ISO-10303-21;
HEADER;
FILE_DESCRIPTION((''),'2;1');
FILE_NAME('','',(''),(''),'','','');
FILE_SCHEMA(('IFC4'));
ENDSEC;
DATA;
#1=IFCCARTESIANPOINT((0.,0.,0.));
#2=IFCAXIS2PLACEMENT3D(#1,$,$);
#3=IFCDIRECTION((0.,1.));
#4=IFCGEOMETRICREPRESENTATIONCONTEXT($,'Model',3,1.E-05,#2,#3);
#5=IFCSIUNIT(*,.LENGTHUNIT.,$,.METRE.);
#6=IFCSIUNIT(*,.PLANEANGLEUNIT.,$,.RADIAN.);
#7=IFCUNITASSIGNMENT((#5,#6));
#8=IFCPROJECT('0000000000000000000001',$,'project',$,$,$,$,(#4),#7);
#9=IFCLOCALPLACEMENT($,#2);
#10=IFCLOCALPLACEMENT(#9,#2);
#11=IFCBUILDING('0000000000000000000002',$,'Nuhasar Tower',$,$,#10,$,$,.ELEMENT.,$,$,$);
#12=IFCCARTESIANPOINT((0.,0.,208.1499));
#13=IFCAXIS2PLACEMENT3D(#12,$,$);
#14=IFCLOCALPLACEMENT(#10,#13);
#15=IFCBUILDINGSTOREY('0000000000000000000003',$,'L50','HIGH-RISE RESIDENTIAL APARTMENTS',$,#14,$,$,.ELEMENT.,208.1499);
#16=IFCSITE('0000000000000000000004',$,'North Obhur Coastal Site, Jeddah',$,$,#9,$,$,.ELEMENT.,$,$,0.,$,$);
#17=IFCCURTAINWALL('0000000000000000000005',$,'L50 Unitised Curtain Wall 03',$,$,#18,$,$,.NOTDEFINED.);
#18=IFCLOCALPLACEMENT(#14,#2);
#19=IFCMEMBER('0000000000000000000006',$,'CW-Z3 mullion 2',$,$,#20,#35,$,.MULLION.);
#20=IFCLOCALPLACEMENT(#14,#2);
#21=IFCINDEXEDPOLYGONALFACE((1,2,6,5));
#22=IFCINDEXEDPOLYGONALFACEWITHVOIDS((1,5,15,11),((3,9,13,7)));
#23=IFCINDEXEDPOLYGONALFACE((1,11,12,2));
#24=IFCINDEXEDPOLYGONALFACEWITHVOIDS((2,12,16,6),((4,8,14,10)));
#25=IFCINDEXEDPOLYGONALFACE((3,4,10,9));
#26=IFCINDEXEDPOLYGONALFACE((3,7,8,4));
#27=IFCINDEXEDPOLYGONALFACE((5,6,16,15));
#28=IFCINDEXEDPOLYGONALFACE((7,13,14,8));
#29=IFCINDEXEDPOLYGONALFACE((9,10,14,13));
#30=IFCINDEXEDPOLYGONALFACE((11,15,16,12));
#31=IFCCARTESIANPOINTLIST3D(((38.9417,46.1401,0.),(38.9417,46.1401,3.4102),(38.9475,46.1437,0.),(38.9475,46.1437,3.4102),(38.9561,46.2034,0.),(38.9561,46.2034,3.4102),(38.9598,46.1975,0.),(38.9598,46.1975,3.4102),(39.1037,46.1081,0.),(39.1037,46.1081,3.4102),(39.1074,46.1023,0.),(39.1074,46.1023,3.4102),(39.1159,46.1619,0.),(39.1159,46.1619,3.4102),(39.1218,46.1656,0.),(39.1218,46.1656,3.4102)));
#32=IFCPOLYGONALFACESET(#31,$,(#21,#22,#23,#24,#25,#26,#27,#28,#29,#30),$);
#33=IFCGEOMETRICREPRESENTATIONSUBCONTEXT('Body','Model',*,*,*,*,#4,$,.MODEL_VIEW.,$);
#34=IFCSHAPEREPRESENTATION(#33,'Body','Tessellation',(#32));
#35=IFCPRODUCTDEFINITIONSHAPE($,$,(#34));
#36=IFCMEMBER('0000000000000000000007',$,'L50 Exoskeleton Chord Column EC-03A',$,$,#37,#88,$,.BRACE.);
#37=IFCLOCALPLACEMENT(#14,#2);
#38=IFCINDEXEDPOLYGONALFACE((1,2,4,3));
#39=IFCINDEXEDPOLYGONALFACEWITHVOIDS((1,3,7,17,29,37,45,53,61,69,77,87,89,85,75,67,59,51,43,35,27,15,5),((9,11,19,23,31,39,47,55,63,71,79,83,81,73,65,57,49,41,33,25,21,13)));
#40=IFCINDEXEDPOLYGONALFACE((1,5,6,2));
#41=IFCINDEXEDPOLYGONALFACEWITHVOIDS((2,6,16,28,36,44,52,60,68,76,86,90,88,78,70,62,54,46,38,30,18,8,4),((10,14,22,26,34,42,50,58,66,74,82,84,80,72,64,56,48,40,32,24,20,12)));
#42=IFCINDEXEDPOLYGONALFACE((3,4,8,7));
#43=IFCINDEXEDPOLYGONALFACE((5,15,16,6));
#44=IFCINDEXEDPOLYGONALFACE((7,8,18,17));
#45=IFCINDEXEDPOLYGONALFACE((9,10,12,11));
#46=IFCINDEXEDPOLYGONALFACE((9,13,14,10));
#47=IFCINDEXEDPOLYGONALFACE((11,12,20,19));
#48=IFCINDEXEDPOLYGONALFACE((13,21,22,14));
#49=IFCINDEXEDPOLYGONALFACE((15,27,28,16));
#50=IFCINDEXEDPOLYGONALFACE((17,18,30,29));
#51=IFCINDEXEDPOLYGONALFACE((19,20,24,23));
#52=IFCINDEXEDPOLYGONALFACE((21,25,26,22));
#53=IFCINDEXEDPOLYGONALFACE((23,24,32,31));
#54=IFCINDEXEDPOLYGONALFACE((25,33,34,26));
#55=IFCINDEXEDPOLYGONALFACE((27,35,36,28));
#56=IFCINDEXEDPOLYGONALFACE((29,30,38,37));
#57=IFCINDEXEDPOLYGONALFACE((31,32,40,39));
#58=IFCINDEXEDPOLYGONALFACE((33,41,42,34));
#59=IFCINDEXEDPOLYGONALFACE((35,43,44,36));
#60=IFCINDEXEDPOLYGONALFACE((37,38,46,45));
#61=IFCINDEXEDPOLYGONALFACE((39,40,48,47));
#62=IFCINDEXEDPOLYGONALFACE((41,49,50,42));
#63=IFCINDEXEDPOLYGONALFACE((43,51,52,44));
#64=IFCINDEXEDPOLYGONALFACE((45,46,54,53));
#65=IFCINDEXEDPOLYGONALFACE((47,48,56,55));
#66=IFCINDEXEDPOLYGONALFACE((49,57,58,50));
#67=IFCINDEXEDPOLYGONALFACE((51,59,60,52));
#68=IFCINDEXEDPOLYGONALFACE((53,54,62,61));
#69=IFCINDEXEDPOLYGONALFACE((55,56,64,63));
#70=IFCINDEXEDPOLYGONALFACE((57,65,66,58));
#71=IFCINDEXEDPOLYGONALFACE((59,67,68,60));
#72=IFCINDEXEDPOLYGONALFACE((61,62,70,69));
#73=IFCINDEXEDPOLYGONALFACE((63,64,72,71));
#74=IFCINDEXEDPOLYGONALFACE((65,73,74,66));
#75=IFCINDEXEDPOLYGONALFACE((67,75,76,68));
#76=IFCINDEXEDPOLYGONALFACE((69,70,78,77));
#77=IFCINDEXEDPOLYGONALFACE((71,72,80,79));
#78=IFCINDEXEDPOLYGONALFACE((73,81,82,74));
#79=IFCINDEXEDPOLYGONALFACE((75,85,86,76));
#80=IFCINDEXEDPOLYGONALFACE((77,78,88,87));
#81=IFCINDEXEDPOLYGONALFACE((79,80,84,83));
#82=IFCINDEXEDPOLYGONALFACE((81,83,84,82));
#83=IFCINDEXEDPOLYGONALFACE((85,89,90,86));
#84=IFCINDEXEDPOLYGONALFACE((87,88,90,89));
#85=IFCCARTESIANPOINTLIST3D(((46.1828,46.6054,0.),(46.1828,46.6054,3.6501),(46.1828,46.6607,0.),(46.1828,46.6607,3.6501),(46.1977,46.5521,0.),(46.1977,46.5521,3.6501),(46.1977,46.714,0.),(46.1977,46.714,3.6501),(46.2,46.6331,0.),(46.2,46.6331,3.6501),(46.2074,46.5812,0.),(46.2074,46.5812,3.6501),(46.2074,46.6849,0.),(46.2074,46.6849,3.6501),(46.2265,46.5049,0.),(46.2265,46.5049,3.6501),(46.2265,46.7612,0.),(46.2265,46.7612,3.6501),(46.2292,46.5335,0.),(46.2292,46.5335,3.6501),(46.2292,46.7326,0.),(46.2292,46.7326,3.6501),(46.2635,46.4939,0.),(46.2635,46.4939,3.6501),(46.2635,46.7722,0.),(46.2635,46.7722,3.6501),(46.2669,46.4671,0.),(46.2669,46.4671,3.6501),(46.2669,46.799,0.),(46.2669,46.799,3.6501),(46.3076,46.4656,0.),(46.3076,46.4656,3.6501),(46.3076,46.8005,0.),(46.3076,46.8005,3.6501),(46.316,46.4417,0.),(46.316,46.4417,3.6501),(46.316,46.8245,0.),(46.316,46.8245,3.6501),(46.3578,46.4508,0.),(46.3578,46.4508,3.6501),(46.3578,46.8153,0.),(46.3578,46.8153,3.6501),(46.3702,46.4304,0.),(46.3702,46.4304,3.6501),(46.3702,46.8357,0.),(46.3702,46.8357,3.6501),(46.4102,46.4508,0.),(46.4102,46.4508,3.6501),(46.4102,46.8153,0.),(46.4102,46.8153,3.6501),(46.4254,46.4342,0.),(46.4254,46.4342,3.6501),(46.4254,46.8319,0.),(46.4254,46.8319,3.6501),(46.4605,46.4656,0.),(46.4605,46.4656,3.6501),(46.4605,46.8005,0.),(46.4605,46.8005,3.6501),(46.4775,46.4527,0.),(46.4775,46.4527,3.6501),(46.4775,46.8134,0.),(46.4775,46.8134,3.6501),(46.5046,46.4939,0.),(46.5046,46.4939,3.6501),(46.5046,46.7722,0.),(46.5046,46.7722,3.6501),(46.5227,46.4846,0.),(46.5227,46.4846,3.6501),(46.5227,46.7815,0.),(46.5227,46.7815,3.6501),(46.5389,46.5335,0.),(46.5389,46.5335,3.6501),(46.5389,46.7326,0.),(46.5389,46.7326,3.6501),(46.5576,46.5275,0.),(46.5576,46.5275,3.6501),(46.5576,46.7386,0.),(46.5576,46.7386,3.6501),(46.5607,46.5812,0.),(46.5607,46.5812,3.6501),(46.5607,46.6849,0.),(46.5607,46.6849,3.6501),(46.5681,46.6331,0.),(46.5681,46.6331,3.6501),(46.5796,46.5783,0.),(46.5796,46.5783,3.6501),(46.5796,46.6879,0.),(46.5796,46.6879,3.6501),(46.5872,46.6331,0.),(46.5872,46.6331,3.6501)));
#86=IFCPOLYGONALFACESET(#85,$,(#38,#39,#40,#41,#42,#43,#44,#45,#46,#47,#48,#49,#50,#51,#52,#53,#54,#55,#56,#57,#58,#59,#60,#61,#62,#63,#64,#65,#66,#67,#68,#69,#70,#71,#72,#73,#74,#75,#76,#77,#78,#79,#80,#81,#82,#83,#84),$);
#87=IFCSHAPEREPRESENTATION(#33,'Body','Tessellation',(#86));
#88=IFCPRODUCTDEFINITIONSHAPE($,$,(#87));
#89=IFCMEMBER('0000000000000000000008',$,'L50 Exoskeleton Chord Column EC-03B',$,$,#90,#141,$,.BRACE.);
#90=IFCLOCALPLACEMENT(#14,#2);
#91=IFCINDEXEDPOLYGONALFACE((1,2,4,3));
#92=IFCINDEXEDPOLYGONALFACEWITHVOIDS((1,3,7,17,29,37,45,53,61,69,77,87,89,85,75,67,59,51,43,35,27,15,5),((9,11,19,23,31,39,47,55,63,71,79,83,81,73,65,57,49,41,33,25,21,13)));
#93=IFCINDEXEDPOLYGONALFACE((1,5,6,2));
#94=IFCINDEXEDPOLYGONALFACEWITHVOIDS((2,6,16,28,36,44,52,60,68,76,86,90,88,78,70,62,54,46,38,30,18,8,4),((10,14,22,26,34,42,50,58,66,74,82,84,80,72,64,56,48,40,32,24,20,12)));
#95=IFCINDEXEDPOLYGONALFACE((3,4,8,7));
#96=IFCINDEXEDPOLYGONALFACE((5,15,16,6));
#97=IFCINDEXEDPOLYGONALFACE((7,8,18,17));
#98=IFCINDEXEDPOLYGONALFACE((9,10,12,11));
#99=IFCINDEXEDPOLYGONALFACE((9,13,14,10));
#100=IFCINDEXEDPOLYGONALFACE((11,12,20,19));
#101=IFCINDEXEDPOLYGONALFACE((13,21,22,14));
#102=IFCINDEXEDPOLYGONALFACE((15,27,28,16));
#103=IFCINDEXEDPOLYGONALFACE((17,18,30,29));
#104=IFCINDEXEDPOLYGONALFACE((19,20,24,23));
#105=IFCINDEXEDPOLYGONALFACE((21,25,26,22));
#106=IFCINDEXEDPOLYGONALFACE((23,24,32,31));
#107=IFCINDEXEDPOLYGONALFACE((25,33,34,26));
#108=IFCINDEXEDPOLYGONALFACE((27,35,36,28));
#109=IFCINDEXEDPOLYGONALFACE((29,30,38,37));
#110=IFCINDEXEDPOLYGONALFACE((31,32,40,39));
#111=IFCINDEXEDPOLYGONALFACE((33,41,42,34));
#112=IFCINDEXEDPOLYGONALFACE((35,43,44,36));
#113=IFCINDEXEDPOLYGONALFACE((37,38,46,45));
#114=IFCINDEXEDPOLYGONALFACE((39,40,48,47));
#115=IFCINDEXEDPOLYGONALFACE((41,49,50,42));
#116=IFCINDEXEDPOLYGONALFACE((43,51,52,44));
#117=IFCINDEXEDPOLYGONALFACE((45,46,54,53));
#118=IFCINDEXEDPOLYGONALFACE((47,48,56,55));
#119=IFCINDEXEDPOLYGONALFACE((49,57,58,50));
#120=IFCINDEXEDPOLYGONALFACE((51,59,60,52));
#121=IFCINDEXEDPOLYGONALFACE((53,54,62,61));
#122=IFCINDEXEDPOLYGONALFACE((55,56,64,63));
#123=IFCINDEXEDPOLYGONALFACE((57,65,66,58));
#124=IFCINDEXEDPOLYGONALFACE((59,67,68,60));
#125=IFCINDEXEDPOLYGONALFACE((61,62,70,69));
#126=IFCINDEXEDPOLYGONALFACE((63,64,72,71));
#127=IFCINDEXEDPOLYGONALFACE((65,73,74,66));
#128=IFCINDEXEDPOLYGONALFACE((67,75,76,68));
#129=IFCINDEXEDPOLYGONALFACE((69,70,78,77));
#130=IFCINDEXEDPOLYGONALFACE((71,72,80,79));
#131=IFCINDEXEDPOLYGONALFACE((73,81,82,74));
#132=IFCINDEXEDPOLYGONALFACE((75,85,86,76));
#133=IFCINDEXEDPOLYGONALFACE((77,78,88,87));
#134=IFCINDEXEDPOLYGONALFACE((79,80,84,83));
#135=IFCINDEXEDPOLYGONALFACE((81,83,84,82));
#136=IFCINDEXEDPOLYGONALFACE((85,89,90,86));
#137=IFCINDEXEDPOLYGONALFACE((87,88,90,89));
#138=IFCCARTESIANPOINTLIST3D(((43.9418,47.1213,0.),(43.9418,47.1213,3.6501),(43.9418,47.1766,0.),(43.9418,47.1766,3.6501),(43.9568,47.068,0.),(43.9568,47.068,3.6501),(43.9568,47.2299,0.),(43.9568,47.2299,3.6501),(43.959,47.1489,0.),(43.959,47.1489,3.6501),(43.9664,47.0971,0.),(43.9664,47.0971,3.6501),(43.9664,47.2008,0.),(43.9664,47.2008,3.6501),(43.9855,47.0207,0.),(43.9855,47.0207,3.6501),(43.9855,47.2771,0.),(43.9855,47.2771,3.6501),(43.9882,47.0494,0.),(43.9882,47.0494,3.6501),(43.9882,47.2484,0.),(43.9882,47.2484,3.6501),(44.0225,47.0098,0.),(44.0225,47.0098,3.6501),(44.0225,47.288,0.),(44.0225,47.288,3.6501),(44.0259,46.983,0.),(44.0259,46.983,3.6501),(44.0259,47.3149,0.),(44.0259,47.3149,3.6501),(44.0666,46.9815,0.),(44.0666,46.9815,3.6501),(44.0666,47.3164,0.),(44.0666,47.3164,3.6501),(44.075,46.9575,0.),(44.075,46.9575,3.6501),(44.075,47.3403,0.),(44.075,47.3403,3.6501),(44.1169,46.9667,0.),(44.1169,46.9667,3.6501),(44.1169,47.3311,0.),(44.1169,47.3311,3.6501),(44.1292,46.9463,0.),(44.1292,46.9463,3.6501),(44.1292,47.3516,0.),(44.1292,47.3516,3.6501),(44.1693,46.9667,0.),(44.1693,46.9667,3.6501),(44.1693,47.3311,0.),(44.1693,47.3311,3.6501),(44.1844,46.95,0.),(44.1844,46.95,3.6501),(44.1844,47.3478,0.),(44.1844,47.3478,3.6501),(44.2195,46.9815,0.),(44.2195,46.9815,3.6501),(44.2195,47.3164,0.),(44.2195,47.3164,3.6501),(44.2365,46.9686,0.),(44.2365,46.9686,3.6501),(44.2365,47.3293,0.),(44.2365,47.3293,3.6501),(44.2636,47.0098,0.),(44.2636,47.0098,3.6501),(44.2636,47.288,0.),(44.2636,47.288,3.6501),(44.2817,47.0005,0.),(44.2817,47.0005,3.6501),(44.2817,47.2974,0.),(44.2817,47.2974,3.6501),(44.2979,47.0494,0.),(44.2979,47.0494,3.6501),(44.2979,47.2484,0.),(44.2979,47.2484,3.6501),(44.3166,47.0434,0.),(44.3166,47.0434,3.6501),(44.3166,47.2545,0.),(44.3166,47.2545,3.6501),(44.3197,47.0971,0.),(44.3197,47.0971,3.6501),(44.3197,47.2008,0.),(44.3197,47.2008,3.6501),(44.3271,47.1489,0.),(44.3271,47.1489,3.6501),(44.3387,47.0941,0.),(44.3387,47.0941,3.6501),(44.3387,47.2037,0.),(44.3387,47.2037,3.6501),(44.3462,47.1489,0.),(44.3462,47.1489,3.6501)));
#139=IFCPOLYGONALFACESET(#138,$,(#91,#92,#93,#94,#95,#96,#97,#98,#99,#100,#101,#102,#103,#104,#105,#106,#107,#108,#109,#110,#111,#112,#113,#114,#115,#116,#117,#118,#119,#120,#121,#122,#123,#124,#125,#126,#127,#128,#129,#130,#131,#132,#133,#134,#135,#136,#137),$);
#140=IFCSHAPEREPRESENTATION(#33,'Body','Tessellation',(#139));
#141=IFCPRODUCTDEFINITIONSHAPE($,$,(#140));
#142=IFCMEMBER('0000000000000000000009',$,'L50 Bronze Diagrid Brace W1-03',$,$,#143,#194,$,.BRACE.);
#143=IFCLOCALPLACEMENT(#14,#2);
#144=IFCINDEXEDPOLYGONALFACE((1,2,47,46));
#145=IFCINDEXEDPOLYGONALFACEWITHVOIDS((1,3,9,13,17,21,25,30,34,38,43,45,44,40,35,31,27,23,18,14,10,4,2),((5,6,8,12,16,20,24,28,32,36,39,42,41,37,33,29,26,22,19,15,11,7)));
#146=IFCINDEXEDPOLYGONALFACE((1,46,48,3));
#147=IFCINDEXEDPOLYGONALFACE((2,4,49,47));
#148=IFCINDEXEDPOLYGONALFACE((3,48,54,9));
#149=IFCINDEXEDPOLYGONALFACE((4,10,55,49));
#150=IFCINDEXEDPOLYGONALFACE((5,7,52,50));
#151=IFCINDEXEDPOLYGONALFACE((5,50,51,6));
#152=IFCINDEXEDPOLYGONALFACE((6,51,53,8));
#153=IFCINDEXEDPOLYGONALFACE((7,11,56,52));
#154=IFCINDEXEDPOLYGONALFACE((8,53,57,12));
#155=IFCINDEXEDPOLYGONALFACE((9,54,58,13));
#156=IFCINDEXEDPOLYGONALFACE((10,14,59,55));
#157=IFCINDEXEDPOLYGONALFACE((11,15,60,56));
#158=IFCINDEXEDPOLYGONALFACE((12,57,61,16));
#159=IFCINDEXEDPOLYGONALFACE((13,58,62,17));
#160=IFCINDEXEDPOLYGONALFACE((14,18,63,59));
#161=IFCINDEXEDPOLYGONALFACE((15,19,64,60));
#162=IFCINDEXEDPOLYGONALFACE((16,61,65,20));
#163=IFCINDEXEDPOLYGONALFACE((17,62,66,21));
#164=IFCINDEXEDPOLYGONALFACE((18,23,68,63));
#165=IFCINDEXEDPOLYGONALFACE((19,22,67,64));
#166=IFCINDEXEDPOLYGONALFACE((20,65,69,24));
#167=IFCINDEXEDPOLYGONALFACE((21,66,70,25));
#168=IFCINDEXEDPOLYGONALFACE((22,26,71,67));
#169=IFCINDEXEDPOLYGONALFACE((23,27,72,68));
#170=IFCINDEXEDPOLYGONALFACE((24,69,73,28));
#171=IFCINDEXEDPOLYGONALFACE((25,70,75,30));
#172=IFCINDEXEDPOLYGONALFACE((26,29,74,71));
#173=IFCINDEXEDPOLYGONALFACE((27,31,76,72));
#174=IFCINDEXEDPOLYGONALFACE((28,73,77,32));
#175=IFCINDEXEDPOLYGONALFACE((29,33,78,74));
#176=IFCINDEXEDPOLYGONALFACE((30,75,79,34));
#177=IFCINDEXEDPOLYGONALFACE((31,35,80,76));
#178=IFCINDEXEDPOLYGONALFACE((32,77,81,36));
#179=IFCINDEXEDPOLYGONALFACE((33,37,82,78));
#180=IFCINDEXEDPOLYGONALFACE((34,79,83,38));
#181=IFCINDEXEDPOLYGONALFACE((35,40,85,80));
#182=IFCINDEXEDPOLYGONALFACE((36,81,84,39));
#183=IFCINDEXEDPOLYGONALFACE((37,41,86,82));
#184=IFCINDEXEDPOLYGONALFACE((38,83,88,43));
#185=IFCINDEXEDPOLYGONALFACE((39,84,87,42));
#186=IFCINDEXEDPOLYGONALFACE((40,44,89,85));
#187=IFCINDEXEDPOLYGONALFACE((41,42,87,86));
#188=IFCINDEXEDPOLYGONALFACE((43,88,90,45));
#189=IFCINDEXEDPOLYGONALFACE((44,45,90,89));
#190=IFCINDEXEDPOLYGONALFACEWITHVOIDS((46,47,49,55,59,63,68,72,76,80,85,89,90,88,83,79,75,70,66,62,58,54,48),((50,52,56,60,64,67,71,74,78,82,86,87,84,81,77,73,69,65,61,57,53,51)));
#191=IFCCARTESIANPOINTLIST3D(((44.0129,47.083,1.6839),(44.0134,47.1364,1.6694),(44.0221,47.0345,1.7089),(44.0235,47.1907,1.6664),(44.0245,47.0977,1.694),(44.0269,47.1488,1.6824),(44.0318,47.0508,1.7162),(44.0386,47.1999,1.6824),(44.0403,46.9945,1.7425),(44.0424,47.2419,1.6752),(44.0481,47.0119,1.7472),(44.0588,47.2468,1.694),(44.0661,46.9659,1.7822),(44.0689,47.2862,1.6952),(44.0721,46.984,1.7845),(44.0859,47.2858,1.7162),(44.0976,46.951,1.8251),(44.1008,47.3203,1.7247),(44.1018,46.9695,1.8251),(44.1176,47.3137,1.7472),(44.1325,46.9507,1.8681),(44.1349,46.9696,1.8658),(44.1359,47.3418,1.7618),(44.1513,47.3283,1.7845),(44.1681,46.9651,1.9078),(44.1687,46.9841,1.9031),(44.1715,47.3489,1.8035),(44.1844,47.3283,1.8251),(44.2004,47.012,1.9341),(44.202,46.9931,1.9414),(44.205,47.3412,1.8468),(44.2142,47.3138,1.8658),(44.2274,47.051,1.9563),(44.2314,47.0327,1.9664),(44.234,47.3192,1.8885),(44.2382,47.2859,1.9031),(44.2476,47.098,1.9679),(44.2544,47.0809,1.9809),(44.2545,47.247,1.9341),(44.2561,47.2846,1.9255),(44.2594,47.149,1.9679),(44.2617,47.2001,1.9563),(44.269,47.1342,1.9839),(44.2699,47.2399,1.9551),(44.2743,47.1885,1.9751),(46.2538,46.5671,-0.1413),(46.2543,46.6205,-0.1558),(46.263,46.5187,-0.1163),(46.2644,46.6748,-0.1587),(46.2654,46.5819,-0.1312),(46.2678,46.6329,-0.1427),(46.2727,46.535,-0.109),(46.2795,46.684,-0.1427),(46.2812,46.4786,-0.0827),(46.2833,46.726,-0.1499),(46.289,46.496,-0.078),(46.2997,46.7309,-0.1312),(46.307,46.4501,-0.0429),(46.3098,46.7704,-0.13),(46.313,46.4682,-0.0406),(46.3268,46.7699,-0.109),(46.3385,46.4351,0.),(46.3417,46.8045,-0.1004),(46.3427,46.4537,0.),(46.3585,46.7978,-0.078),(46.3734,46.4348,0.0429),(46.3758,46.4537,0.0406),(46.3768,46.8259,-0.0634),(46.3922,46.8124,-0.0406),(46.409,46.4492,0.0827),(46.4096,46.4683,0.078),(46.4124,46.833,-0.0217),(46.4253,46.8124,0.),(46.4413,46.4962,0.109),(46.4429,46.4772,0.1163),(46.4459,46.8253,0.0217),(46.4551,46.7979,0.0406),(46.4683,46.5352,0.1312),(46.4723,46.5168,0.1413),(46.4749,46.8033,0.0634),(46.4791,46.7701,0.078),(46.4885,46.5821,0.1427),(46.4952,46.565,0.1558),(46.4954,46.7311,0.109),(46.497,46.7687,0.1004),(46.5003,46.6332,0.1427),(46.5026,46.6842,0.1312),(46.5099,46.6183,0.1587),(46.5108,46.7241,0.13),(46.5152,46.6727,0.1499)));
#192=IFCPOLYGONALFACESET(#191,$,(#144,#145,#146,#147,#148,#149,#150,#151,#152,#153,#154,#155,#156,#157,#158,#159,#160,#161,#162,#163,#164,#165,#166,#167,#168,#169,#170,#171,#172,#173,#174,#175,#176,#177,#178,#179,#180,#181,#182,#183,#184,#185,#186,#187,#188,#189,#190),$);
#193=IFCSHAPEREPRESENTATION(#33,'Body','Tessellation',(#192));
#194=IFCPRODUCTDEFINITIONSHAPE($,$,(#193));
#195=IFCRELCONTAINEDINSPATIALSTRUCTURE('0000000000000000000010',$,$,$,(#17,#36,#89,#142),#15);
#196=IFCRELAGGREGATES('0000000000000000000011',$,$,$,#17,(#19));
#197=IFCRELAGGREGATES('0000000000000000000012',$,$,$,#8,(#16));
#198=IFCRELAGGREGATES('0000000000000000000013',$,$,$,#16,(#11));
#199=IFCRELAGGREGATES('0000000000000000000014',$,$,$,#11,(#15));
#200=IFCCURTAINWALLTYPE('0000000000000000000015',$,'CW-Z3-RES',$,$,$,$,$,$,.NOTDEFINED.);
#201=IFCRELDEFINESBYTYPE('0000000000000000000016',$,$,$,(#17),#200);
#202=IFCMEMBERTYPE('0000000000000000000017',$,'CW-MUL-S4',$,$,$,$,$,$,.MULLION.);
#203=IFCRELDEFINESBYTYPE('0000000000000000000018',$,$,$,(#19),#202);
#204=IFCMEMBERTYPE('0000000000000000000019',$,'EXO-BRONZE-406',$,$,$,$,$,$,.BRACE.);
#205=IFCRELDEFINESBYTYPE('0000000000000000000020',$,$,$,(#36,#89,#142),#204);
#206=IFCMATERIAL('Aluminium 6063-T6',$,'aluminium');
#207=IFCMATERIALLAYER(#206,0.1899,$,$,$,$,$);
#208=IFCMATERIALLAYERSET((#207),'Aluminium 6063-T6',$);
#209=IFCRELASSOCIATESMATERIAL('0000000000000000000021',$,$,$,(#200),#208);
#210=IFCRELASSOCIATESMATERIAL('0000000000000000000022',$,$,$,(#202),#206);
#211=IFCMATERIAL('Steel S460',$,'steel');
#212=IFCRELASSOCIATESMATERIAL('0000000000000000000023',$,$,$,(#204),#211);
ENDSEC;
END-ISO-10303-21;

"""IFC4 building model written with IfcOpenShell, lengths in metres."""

from ifc_helpers import new_model, si_unit, direction, frame, origin, origin_2d, place, context, subcontext, project, spatial, hollow_rectangle, hollow_circle, extrude, material, layer, layer_set, material_profile, profile_set, type_object, element, aggregate, save


model = new_model("IFC4")

# Units and contexts
model_context = context("Model", 3, precision=1e-05, world=origin(), true_north=direction((0.0, 1.0)))
body_context = subcontext(model_context, "Body", "Model", "MODEL_VIEW")
ifc_project = project(units=[si_unit("LENGTHUNIT", "METRE"), si_unit("PLANEANGLEUNIT", "RADIAN")], contexts=[model_context])

# Site, building, storey
site_placement = place(None, origin())
site = spatial("IfcSite", under=ifc_project, at=site_placement, Name="North Obhur Coastal Site, Jeddah", CompositionType="ELEMENT", RefElevation=0.0)
building_placement = place(site_placement, origin())
building = spatial("IfcBuilding", under=site, at=building_placement, Name="Nuhasar Tower", CompositionType="ELEMENT")
storey_placement = place(building_placement, frame((0.0, 0.0, 208.1499)))
storey = spatial("IfcBuildingStorey", under=building, at=storey_placement, Name="L50", Description="HIGH-RISE RESIDENTIAL APARTMENTS", CompositionType="ELEMENT", Elevation=208.1499)

# Curtain wall, member
ifc_material_1 = material(Name="Aluminium 6063-T6", Category="aluminium")
ifc_layer_1 = layer(ifc_material_1, 0.1899)
ifc_layer_set_1 = layer_set([ifc_layer_1], Name="Aluminium 6063-T6")
curtain_wall_type = type_object("IfcCurtainWallType", Name="CW-Z3-RES", PredefinedType="NOTDEFINED", material=ifc_layer_set_1)
curtain_wall_placement = place(storey_placement, origin())
curtain_wall = element("IfcCurtainWall", 1, at=curtain_wall_placement, inside=storey, type_object=curtain_wall_type, Name="L50 Unitised Curtain Wall 03", PredefinedType="NOTDEFINED")
ifc_material_profile_1 = material_profile(ifc_material_1, hollow_rectangle(XDim=0.0649, YDim=0.1699, WallThickness=0.0049, at=origin_2d()), Name="CWM-4")
ifc_profile_set_1 = profile_set([ifc_material_profile_1], Name="Aluminium 6063-T6")
member_type_1 = type_object("IfcMemberType", Name="CW-MUL-S4", PredefinedType="MULLION", material=ifc_profile_set_1)
member_placement = place(storey_placement, frame((39.0317, 46.1528, 0.0), z_axis=(0.0, 0.0, 1.0), x_axis=(-0.222243, -0.974991, 0.0)))
member = element("IfcMember", 2, at=member_placement, type_object=member_type_1, Name="CW-Z3 mullion 2", PredefinedType="MULLION", context=body_context, shape_type="SweptSolid", body=[
    extrude(hollow_rectangle(XDim=0.0649, YDim=0.1699, WallThickness=0.0049, at=origin_2d()), origin(), (0.0, 0.0, 1.0), 3.4102),
])

# Members
ifc_material_2 = material(Name="Steel S460", Category="steel")
ifc_material_profile_2 = material_profile(ifc_material_2, hollow_circle(Radius=0.2031, WallThickness=0.019, at=origin_2d()), Name="HSS406.4X19.1")
ifc_profile_set_2 = profile_set([ifc_material_profile_2], Name="Steel S460")
member_type_2 = type_object("IfcMemberType", Name="EXO-BRONZE-406", PredefinedType="BRACE", material=ifc_profile_set_2)
for number, where, z_axis, x_axis, name in (
    (3, (46.384, 46.6331, 0.0), (0.0, 0.0, 1.0), (1.0, 0.0, 0.0), "L50 Exoskeleton Chord Column EC-03A"),
    (4, (44.1431, 47.1489, 0.0), (0.0, 0.0, 1.0), (1.0, 0.0, 0.0), "L50 Exoskeleton Chord Column EC-03B"),
):
    element("IfcMember", number, at=place(storey_placement, frame(where, z_axis=z_axis, x_axis=x_axis)), inside=storey, type_object=member_type_2, Name=name, PredefinedType="BRACE", context=body_context, shape_type="SweptSolid", body=[
        extrude(hollow_circle(Radius=0.2031, WallThickness=0.019, at=origin_2d()), origin(), (0.0, 0.0, 1.0), 3.6501),
    ])
for number, where, z_axis, x_axis, name in (
    (5, (46.384, 46.6331, 0.0), (-0.763303, 0.175712, 0.621686), (-0.224332, -0.974513, 0.0), "L50 Bronze Diagrid Brace W1-03"),
):
    element("IfcMember", number, at=place(storey_placement, frame(where, z_axis=z_axis, x_axis=x_axis)), inside=storey, type_object=member_type_2, Name=name, PredefinedType="BRACE", context=body_context, shape_type="SweptSolid", body=[
        extrude(hollow_circle(Radius=0.2031, WallThickness=0.019, at=origin_2d()), origin(), (0.0, 0.0, 1.0), 2.9358),
    ])

aggregate(curtain_wall, [member])

save(model, "model.ifc")
